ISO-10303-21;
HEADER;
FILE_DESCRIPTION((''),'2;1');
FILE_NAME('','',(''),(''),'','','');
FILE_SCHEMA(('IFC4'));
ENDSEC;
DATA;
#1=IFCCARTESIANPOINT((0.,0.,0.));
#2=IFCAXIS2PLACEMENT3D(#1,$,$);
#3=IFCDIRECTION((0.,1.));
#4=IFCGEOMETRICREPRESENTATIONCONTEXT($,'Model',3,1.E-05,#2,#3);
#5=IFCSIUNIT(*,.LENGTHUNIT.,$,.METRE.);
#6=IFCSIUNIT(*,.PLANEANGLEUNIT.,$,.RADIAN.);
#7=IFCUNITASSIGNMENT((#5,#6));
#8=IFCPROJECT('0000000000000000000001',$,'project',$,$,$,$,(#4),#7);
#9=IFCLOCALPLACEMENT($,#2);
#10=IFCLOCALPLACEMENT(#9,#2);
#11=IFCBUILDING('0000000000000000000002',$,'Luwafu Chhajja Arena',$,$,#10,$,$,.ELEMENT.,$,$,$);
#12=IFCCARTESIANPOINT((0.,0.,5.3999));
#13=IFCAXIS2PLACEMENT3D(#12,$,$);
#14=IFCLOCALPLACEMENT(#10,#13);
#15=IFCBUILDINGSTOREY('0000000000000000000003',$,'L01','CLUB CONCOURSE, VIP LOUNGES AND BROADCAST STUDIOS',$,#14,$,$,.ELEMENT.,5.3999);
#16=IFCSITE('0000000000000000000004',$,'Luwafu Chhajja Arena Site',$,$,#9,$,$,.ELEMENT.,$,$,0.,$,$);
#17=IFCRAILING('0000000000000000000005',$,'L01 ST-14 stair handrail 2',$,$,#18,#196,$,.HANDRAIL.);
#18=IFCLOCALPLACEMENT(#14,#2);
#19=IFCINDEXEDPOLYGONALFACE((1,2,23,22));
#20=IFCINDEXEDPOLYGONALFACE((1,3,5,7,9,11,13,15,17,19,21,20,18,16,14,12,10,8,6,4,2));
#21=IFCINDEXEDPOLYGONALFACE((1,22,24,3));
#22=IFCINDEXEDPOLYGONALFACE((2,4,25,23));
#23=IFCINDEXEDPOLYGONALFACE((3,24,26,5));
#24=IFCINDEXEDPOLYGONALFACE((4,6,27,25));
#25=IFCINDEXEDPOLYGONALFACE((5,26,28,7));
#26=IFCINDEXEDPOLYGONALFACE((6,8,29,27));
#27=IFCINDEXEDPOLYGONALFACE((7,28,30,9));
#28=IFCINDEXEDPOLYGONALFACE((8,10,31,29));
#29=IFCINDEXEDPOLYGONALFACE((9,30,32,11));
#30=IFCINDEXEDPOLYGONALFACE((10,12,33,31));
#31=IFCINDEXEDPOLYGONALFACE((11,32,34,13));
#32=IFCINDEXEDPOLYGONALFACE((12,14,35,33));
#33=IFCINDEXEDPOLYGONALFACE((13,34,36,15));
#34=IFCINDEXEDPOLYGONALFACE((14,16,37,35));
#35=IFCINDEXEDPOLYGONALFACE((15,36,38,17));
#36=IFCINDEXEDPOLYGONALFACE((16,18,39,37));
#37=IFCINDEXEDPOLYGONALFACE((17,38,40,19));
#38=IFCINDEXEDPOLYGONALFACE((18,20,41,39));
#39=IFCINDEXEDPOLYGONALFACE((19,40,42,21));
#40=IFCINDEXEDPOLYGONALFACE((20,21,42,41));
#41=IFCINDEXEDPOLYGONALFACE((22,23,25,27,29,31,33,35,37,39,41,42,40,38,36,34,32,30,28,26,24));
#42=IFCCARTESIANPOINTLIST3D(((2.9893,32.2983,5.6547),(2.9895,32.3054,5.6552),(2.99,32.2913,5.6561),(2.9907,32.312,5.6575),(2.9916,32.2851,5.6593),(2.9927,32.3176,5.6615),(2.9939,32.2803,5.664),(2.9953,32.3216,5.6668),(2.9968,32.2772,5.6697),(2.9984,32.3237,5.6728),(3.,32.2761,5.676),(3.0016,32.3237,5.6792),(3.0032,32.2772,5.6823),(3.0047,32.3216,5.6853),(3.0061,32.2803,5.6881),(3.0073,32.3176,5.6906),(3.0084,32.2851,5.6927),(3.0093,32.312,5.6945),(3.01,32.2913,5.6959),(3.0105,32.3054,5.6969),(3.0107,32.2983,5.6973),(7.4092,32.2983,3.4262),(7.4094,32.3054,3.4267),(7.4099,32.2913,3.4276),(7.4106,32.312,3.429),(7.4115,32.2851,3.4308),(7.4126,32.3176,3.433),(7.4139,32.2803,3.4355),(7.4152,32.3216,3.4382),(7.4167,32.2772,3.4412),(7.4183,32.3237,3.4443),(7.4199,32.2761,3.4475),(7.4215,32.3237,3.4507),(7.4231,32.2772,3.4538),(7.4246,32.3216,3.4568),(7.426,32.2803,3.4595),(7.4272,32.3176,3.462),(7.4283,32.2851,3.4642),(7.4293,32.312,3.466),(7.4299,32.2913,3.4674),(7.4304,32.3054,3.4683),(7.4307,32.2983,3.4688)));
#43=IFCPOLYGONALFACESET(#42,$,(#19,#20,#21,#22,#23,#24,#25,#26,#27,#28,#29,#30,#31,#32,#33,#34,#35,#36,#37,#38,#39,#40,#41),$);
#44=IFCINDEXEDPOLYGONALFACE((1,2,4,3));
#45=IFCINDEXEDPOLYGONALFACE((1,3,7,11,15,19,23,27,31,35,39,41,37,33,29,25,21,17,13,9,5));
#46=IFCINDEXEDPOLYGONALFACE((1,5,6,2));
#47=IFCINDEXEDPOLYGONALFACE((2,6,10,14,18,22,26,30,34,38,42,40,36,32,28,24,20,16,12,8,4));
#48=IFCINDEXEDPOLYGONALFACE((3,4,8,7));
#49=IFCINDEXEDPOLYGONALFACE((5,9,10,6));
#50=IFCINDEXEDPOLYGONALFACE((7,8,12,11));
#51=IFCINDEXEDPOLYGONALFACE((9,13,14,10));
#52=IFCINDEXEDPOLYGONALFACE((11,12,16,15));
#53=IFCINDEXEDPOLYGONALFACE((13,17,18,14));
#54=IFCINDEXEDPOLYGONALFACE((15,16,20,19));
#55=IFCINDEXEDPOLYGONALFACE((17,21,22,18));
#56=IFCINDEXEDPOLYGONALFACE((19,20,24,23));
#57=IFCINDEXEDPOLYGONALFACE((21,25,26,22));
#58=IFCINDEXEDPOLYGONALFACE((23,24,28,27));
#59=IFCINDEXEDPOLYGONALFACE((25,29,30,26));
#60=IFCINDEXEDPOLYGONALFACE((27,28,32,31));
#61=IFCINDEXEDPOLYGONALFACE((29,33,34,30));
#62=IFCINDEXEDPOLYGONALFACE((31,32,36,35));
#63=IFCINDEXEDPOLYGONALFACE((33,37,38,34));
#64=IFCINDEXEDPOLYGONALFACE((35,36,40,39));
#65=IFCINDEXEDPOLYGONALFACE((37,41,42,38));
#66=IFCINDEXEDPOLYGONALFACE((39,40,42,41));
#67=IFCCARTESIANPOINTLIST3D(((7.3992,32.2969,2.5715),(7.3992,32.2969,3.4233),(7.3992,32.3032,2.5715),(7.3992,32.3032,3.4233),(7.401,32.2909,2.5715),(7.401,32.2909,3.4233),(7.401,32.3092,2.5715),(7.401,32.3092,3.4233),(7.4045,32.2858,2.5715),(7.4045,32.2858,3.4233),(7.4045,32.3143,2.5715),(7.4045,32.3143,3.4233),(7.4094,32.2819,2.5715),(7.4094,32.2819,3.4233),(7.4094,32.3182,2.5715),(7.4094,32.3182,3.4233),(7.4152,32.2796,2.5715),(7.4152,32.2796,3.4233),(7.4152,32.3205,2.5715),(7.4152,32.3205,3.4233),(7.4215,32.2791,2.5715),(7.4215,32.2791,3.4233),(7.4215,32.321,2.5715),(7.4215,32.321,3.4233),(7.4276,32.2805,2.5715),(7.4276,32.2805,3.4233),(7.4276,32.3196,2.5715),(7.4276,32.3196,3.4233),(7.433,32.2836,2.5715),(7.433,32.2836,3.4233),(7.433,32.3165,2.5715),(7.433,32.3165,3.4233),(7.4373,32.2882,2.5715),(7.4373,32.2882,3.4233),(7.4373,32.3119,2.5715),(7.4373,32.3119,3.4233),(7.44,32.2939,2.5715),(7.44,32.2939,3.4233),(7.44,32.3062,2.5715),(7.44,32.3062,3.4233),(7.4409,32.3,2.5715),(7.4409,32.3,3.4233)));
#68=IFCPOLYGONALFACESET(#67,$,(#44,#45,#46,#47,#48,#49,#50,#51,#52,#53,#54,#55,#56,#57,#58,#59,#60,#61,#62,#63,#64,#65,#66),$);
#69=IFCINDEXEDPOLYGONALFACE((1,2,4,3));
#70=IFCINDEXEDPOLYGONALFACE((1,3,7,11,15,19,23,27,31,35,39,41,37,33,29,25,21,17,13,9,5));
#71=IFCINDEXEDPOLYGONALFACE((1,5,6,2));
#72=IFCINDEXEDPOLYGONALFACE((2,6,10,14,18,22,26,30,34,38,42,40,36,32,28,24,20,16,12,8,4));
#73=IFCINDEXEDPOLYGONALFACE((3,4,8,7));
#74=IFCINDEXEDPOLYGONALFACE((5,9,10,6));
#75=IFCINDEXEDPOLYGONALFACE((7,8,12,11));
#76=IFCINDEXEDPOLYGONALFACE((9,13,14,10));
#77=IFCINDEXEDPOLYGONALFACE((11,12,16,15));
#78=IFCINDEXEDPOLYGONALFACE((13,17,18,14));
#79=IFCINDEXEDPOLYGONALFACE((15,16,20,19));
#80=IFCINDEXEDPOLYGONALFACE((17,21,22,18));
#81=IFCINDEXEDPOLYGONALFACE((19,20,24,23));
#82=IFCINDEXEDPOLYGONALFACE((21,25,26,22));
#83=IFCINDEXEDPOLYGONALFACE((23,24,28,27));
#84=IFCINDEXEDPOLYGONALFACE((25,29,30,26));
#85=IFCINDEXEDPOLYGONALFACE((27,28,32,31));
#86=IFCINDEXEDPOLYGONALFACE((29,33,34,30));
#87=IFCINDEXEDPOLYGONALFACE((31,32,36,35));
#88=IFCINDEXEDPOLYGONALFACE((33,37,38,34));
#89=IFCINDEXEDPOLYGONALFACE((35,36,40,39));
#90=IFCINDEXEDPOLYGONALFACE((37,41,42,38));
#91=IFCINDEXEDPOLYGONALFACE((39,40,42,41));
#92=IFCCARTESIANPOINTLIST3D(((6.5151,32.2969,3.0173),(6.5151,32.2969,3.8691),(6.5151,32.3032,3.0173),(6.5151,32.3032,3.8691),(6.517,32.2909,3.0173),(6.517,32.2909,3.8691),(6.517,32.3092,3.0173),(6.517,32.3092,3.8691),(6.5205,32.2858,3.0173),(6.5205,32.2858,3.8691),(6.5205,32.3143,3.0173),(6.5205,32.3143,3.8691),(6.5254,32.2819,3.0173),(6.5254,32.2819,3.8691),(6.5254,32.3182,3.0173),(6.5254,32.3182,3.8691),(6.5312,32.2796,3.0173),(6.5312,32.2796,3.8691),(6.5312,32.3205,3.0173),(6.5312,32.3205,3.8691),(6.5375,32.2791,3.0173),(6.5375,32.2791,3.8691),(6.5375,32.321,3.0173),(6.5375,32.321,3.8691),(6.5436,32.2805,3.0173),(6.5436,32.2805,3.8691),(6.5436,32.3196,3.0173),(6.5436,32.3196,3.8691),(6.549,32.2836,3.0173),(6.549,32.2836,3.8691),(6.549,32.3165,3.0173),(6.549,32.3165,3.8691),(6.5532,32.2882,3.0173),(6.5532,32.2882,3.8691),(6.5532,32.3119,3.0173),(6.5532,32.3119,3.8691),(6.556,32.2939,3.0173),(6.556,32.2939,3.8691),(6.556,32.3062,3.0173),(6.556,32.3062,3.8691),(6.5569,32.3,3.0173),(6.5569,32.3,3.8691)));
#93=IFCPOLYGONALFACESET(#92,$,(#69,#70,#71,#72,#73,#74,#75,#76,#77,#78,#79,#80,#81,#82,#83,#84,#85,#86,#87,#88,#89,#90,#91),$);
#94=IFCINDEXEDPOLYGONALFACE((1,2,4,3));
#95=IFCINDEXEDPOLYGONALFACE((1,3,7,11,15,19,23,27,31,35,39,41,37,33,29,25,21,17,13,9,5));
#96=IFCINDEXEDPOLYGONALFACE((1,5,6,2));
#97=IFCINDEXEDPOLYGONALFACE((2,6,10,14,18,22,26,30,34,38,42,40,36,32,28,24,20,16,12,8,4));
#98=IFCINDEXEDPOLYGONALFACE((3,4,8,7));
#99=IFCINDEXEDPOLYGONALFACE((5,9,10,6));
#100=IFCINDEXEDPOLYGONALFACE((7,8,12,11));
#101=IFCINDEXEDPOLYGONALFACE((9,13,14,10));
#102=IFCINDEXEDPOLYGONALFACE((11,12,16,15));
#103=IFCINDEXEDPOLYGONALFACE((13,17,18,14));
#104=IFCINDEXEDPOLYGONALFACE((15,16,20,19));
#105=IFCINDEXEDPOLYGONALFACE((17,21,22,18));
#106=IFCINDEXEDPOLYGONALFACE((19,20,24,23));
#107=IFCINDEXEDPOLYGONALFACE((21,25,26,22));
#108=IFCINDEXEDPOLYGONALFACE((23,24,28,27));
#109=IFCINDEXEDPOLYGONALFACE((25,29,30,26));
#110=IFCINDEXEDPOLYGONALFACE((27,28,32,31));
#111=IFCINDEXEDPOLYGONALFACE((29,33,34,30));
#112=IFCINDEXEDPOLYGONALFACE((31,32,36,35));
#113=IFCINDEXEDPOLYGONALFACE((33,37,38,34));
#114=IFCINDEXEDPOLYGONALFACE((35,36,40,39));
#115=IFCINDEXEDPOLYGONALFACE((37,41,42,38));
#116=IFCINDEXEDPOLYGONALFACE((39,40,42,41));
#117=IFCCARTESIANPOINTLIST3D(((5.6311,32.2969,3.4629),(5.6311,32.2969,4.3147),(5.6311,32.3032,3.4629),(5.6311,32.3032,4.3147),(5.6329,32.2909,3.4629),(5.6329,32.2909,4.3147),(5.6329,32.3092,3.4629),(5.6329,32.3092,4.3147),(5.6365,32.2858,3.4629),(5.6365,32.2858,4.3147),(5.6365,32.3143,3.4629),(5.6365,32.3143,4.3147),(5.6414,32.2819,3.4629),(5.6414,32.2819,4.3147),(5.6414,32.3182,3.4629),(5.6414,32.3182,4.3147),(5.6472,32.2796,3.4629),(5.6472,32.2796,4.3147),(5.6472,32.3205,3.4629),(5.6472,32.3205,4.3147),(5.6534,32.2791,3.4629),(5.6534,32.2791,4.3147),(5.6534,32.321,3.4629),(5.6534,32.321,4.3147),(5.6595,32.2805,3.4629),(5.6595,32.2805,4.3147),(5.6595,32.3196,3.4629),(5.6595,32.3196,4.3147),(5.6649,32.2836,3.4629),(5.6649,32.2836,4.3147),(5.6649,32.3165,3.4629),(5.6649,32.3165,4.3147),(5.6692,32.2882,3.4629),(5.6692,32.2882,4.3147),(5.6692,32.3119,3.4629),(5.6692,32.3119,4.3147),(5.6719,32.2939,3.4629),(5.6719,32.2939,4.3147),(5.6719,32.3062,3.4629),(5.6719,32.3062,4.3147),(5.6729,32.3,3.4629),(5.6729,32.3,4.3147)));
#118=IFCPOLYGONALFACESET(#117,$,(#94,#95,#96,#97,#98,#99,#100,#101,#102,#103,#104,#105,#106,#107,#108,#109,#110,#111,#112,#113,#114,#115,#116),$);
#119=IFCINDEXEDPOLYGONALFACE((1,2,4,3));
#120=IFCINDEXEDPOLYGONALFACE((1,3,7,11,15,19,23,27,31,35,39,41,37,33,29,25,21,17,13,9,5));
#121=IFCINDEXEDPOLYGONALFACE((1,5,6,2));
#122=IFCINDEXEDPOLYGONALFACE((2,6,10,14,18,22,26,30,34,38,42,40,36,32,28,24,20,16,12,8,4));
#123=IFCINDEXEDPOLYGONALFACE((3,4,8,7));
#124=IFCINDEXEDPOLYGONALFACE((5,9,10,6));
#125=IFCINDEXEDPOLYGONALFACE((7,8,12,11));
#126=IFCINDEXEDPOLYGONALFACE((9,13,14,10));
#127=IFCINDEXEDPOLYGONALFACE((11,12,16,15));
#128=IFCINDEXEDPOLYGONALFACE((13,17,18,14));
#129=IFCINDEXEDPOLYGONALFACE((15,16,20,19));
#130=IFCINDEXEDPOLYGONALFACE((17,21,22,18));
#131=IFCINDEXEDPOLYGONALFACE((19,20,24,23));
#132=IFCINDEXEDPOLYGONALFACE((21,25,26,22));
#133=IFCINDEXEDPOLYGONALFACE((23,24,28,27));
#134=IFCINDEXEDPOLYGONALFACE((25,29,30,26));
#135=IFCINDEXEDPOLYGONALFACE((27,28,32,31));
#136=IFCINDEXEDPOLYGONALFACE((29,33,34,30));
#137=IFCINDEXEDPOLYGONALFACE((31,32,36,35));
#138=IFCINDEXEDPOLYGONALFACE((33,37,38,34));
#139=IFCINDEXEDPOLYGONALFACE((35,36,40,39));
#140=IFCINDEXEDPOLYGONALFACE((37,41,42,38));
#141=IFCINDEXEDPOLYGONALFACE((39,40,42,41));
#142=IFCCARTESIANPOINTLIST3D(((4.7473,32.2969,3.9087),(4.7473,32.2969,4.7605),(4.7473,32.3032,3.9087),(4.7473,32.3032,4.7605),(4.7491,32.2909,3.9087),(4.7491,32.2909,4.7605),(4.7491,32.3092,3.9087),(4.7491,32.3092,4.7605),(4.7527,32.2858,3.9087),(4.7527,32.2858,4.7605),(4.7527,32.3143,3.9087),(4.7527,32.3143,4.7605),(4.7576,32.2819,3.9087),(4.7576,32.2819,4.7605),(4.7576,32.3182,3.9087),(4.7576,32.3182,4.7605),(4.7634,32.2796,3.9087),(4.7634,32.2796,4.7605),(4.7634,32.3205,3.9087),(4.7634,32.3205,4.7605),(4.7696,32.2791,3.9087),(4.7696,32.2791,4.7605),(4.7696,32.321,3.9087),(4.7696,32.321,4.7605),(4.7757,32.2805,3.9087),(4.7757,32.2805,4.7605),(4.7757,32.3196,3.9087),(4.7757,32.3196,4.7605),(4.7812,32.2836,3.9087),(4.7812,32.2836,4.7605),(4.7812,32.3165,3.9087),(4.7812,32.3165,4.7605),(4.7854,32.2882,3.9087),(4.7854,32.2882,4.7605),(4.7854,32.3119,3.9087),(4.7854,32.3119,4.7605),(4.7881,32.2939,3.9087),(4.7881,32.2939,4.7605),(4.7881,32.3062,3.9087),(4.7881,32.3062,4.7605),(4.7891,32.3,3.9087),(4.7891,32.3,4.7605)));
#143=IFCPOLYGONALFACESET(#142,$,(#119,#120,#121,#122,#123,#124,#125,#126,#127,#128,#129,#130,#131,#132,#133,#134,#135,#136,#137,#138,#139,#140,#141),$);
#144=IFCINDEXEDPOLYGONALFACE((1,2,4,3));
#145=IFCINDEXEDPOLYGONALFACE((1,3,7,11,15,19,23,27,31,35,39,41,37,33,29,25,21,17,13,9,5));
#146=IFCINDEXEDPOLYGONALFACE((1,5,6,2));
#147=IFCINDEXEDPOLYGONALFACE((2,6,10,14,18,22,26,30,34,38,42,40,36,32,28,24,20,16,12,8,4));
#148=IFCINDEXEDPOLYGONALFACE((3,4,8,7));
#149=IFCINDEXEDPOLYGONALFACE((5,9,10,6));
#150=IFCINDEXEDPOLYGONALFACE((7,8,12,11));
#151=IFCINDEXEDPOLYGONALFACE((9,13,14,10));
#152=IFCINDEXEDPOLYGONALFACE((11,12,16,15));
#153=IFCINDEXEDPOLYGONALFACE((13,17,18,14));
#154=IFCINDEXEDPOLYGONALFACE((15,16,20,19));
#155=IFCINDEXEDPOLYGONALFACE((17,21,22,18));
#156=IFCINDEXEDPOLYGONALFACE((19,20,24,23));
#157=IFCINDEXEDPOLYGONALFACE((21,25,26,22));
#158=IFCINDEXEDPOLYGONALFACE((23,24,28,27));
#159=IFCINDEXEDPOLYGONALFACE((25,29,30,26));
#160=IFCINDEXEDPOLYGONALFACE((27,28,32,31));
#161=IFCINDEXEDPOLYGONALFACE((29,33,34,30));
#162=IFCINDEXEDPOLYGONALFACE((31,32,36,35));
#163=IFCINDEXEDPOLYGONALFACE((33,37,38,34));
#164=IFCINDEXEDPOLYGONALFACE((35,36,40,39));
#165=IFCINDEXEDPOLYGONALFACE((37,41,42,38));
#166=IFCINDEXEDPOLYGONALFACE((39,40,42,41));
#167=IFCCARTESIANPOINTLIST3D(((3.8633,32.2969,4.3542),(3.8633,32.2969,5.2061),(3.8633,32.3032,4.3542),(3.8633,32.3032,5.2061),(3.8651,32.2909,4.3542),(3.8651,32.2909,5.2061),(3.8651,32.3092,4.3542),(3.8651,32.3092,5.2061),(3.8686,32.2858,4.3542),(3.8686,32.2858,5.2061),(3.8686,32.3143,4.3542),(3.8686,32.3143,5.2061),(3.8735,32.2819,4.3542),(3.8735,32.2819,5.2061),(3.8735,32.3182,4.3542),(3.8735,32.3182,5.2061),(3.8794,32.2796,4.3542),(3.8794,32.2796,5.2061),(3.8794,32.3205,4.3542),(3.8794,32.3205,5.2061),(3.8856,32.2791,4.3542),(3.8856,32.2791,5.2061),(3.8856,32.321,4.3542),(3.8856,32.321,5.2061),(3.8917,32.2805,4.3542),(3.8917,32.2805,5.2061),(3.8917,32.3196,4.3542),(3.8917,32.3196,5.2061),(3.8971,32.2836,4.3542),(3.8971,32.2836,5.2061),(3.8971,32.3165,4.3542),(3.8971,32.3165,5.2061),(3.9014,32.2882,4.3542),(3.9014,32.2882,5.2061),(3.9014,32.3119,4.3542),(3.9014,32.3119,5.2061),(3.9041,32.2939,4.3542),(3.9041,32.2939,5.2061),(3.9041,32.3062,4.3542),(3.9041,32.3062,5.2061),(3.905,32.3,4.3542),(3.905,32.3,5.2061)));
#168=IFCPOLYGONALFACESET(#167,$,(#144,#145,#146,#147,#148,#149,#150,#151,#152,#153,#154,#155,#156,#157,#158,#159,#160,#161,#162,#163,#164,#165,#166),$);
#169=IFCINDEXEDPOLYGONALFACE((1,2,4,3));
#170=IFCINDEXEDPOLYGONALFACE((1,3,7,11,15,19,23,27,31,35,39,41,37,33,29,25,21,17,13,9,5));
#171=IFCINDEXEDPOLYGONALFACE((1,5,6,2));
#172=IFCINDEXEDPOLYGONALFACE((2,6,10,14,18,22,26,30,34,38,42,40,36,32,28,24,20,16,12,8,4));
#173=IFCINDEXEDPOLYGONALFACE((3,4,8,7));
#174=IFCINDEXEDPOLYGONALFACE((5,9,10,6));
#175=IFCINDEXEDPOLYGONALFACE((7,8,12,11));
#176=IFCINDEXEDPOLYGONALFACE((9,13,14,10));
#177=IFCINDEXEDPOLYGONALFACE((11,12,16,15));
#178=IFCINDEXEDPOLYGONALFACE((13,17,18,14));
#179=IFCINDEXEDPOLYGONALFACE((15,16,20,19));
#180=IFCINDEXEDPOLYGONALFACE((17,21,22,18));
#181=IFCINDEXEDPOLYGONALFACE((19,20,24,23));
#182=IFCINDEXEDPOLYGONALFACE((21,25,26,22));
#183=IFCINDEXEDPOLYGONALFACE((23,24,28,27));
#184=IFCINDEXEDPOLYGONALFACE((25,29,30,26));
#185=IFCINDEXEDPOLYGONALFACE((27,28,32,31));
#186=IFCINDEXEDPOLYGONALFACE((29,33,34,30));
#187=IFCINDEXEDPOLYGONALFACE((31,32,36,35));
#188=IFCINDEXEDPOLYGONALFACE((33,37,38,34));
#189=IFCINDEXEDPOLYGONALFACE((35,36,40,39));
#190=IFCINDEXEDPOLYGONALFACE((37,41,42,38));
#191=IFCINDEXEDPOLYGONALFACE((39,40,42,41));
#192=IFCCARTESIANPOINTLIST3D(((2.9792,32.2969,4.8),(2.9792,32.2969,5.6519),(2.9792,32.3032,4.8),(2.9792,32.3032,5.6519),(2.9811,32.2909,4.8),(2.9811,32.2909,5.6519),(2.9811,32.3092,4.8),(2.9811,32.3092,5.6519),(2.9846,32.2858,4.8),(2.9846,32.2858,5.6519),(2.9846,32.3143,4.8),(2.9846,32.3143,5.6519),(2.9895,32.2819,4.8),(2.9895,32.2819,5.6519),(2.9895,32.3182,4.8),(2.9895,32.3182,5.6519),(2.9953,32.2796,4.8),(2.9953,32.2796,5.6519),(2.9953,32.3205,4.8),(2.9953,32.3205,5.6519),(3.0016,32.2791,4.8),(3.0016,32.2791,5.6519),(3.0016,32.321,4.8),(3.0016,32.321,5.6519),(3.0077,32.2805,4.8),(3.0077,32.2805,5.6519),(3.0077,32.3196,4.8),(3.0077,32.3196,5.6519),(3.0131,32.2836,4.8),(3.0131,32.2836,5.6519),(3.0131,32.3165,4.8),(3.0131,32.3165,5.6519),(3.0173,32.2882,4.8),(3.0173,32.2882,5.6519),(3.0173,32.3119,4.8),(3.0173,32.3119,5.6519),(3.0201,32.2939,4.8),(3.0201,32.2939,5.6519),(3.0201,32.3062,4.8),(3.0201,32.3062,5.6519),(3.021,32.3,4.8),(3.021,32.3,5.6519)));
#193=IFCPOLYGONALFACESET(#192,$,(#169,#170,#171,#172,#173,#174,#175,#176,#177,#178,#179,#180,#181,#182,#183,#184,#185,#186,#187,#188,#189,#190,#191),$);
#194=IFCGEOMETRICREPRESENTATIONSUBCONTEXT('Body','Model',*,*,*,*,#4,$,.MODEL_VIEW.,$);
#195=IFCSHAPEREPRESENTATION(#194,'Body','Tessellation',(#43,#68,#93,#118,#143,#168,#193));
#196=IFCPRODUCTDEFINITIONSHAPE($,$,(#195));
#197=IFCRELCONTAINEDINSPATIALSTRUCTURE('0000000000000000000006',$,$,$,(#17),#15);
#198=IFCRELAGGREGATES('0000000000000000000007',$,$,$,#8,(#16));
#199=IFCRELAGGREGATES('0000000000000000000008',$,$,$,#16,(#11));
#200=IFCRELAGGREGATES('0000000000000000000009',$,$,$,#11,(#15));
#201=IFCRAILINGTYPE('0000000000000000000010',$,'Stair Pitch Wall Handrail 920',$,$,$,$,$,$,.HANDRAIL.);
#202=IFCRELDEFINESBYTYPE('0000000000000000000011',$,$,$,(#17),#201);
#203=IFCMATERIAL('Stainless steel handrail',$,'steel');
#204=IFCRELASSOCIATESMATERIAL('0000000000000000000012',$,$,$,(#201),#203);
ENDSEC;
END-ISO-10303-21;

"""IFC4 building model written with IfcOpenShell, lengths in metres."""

from ifc_helpers import new_model, si_unit, direction, frame, origin, origin_2d, place, context, subcontext, project, spatial, circle, extrude, material, type_object, element, save


model = new_model("IFC4")

# Units and contexts
model_context = context("Model", 3, precision=1e-05, world=origin(), true_north=direction((0.0, 1.0)))
body_context = subcontext(model_context, "Body", "Model", "MODEL_VIEW")
ifc_project = project(units=[si_unit("LENGTHUNIT", "METRE"), si_unit("PLANEANGLEUNIT", "RADIAN")], contexts=[model_context])

# Site, building, storey
site_placement = place(None, origin())
site = spatial("IfcSite", under=ifc_project, at=site_placement, Name="Luwafu Chhajja Arena Site", CompositionType="ELEMENT", RefElevation=0.0)
building_placement = place(site_placement, origin())
building = spatial("IfcBuilding", under=site, at=building_placement, Name="Luwafu Chhajja Arena", CompositionType="ELEMENT")
storey_placement = place(building_placement, frame((0.0, 0.0, 5.3999)))
storey = spatial("IfcBuildingStorey", under=building, at=storey_placement, Name="L01", Description="CLUB CONCOURSE, VIP LOUNGES AND BROADCAST STUDIOS", CompositionType="ELEMENT", Elevation=5.3999)

# Railing
ifc_material_1 = material(Name="Stainless steel handrail", Category="steel")
railing_type_1 = type_object("IfcRailingType", Name="Stair Pitch Wall Handrail 920", PredefinedType="HANDRAIL", material=ifc_material_1)
railing_1_placement = place(storey_placement, frame((7.4199, 32.3, 2.5715)))
element("IfcRailing", 1, at=railing_1_placement, inside=storey, type_object=railing_type_1, Name="L01 ST-14 stair handrail 2", PredefinedType="HANDRAIL", context=body_context, shape_type="SweptSolid", body=[
    extrude(circle(Radius=0.0239, at=origin_2d()), frame((0.0, 0.0, 0.876), z_axis=(-0.892923, 0.0, 0.45021), x_axis=(0.0, -1.0, 0.0)), (0.0, 0.0, 1.0), 4.95),
    extrude(circle(Radius=0.021, at=origin_2d()), origin(), (0.0, 0.0, 1.0), 0.8518),
    extrude(circle(Radius=0.021, at=origin_2d()), frame((-0.884, 0.0, 0.4458)), (0.0, 0.0, 1.0), 0.8518),
    extrude(circle(Radius=0.021, at=origin_2d()), frame((-1.7681, 0.0, 0.8914)), (0.0, 0.0, 1.0), 0.8518),
    extrude(circle(Radius=0.021, at=origin_2d()), frame((-2.6519, 0.0, 1.3372)), (0.0, 0.0, 1.0), 0.8518),
    extrude(circle(Radius=0.021, at=origin_2d()), frame((-3.5359, 0.0, 1.7827)), (0.0, 0.0, 1.0), 0.8518),
    extrude(circle(Radius=0.021, at=origin_2d()), frame((-4.4199, 0.0, 2.2285)), (0.0, 0.0, 1.0), 0.8518),
])

save(model, "model.ifc")
